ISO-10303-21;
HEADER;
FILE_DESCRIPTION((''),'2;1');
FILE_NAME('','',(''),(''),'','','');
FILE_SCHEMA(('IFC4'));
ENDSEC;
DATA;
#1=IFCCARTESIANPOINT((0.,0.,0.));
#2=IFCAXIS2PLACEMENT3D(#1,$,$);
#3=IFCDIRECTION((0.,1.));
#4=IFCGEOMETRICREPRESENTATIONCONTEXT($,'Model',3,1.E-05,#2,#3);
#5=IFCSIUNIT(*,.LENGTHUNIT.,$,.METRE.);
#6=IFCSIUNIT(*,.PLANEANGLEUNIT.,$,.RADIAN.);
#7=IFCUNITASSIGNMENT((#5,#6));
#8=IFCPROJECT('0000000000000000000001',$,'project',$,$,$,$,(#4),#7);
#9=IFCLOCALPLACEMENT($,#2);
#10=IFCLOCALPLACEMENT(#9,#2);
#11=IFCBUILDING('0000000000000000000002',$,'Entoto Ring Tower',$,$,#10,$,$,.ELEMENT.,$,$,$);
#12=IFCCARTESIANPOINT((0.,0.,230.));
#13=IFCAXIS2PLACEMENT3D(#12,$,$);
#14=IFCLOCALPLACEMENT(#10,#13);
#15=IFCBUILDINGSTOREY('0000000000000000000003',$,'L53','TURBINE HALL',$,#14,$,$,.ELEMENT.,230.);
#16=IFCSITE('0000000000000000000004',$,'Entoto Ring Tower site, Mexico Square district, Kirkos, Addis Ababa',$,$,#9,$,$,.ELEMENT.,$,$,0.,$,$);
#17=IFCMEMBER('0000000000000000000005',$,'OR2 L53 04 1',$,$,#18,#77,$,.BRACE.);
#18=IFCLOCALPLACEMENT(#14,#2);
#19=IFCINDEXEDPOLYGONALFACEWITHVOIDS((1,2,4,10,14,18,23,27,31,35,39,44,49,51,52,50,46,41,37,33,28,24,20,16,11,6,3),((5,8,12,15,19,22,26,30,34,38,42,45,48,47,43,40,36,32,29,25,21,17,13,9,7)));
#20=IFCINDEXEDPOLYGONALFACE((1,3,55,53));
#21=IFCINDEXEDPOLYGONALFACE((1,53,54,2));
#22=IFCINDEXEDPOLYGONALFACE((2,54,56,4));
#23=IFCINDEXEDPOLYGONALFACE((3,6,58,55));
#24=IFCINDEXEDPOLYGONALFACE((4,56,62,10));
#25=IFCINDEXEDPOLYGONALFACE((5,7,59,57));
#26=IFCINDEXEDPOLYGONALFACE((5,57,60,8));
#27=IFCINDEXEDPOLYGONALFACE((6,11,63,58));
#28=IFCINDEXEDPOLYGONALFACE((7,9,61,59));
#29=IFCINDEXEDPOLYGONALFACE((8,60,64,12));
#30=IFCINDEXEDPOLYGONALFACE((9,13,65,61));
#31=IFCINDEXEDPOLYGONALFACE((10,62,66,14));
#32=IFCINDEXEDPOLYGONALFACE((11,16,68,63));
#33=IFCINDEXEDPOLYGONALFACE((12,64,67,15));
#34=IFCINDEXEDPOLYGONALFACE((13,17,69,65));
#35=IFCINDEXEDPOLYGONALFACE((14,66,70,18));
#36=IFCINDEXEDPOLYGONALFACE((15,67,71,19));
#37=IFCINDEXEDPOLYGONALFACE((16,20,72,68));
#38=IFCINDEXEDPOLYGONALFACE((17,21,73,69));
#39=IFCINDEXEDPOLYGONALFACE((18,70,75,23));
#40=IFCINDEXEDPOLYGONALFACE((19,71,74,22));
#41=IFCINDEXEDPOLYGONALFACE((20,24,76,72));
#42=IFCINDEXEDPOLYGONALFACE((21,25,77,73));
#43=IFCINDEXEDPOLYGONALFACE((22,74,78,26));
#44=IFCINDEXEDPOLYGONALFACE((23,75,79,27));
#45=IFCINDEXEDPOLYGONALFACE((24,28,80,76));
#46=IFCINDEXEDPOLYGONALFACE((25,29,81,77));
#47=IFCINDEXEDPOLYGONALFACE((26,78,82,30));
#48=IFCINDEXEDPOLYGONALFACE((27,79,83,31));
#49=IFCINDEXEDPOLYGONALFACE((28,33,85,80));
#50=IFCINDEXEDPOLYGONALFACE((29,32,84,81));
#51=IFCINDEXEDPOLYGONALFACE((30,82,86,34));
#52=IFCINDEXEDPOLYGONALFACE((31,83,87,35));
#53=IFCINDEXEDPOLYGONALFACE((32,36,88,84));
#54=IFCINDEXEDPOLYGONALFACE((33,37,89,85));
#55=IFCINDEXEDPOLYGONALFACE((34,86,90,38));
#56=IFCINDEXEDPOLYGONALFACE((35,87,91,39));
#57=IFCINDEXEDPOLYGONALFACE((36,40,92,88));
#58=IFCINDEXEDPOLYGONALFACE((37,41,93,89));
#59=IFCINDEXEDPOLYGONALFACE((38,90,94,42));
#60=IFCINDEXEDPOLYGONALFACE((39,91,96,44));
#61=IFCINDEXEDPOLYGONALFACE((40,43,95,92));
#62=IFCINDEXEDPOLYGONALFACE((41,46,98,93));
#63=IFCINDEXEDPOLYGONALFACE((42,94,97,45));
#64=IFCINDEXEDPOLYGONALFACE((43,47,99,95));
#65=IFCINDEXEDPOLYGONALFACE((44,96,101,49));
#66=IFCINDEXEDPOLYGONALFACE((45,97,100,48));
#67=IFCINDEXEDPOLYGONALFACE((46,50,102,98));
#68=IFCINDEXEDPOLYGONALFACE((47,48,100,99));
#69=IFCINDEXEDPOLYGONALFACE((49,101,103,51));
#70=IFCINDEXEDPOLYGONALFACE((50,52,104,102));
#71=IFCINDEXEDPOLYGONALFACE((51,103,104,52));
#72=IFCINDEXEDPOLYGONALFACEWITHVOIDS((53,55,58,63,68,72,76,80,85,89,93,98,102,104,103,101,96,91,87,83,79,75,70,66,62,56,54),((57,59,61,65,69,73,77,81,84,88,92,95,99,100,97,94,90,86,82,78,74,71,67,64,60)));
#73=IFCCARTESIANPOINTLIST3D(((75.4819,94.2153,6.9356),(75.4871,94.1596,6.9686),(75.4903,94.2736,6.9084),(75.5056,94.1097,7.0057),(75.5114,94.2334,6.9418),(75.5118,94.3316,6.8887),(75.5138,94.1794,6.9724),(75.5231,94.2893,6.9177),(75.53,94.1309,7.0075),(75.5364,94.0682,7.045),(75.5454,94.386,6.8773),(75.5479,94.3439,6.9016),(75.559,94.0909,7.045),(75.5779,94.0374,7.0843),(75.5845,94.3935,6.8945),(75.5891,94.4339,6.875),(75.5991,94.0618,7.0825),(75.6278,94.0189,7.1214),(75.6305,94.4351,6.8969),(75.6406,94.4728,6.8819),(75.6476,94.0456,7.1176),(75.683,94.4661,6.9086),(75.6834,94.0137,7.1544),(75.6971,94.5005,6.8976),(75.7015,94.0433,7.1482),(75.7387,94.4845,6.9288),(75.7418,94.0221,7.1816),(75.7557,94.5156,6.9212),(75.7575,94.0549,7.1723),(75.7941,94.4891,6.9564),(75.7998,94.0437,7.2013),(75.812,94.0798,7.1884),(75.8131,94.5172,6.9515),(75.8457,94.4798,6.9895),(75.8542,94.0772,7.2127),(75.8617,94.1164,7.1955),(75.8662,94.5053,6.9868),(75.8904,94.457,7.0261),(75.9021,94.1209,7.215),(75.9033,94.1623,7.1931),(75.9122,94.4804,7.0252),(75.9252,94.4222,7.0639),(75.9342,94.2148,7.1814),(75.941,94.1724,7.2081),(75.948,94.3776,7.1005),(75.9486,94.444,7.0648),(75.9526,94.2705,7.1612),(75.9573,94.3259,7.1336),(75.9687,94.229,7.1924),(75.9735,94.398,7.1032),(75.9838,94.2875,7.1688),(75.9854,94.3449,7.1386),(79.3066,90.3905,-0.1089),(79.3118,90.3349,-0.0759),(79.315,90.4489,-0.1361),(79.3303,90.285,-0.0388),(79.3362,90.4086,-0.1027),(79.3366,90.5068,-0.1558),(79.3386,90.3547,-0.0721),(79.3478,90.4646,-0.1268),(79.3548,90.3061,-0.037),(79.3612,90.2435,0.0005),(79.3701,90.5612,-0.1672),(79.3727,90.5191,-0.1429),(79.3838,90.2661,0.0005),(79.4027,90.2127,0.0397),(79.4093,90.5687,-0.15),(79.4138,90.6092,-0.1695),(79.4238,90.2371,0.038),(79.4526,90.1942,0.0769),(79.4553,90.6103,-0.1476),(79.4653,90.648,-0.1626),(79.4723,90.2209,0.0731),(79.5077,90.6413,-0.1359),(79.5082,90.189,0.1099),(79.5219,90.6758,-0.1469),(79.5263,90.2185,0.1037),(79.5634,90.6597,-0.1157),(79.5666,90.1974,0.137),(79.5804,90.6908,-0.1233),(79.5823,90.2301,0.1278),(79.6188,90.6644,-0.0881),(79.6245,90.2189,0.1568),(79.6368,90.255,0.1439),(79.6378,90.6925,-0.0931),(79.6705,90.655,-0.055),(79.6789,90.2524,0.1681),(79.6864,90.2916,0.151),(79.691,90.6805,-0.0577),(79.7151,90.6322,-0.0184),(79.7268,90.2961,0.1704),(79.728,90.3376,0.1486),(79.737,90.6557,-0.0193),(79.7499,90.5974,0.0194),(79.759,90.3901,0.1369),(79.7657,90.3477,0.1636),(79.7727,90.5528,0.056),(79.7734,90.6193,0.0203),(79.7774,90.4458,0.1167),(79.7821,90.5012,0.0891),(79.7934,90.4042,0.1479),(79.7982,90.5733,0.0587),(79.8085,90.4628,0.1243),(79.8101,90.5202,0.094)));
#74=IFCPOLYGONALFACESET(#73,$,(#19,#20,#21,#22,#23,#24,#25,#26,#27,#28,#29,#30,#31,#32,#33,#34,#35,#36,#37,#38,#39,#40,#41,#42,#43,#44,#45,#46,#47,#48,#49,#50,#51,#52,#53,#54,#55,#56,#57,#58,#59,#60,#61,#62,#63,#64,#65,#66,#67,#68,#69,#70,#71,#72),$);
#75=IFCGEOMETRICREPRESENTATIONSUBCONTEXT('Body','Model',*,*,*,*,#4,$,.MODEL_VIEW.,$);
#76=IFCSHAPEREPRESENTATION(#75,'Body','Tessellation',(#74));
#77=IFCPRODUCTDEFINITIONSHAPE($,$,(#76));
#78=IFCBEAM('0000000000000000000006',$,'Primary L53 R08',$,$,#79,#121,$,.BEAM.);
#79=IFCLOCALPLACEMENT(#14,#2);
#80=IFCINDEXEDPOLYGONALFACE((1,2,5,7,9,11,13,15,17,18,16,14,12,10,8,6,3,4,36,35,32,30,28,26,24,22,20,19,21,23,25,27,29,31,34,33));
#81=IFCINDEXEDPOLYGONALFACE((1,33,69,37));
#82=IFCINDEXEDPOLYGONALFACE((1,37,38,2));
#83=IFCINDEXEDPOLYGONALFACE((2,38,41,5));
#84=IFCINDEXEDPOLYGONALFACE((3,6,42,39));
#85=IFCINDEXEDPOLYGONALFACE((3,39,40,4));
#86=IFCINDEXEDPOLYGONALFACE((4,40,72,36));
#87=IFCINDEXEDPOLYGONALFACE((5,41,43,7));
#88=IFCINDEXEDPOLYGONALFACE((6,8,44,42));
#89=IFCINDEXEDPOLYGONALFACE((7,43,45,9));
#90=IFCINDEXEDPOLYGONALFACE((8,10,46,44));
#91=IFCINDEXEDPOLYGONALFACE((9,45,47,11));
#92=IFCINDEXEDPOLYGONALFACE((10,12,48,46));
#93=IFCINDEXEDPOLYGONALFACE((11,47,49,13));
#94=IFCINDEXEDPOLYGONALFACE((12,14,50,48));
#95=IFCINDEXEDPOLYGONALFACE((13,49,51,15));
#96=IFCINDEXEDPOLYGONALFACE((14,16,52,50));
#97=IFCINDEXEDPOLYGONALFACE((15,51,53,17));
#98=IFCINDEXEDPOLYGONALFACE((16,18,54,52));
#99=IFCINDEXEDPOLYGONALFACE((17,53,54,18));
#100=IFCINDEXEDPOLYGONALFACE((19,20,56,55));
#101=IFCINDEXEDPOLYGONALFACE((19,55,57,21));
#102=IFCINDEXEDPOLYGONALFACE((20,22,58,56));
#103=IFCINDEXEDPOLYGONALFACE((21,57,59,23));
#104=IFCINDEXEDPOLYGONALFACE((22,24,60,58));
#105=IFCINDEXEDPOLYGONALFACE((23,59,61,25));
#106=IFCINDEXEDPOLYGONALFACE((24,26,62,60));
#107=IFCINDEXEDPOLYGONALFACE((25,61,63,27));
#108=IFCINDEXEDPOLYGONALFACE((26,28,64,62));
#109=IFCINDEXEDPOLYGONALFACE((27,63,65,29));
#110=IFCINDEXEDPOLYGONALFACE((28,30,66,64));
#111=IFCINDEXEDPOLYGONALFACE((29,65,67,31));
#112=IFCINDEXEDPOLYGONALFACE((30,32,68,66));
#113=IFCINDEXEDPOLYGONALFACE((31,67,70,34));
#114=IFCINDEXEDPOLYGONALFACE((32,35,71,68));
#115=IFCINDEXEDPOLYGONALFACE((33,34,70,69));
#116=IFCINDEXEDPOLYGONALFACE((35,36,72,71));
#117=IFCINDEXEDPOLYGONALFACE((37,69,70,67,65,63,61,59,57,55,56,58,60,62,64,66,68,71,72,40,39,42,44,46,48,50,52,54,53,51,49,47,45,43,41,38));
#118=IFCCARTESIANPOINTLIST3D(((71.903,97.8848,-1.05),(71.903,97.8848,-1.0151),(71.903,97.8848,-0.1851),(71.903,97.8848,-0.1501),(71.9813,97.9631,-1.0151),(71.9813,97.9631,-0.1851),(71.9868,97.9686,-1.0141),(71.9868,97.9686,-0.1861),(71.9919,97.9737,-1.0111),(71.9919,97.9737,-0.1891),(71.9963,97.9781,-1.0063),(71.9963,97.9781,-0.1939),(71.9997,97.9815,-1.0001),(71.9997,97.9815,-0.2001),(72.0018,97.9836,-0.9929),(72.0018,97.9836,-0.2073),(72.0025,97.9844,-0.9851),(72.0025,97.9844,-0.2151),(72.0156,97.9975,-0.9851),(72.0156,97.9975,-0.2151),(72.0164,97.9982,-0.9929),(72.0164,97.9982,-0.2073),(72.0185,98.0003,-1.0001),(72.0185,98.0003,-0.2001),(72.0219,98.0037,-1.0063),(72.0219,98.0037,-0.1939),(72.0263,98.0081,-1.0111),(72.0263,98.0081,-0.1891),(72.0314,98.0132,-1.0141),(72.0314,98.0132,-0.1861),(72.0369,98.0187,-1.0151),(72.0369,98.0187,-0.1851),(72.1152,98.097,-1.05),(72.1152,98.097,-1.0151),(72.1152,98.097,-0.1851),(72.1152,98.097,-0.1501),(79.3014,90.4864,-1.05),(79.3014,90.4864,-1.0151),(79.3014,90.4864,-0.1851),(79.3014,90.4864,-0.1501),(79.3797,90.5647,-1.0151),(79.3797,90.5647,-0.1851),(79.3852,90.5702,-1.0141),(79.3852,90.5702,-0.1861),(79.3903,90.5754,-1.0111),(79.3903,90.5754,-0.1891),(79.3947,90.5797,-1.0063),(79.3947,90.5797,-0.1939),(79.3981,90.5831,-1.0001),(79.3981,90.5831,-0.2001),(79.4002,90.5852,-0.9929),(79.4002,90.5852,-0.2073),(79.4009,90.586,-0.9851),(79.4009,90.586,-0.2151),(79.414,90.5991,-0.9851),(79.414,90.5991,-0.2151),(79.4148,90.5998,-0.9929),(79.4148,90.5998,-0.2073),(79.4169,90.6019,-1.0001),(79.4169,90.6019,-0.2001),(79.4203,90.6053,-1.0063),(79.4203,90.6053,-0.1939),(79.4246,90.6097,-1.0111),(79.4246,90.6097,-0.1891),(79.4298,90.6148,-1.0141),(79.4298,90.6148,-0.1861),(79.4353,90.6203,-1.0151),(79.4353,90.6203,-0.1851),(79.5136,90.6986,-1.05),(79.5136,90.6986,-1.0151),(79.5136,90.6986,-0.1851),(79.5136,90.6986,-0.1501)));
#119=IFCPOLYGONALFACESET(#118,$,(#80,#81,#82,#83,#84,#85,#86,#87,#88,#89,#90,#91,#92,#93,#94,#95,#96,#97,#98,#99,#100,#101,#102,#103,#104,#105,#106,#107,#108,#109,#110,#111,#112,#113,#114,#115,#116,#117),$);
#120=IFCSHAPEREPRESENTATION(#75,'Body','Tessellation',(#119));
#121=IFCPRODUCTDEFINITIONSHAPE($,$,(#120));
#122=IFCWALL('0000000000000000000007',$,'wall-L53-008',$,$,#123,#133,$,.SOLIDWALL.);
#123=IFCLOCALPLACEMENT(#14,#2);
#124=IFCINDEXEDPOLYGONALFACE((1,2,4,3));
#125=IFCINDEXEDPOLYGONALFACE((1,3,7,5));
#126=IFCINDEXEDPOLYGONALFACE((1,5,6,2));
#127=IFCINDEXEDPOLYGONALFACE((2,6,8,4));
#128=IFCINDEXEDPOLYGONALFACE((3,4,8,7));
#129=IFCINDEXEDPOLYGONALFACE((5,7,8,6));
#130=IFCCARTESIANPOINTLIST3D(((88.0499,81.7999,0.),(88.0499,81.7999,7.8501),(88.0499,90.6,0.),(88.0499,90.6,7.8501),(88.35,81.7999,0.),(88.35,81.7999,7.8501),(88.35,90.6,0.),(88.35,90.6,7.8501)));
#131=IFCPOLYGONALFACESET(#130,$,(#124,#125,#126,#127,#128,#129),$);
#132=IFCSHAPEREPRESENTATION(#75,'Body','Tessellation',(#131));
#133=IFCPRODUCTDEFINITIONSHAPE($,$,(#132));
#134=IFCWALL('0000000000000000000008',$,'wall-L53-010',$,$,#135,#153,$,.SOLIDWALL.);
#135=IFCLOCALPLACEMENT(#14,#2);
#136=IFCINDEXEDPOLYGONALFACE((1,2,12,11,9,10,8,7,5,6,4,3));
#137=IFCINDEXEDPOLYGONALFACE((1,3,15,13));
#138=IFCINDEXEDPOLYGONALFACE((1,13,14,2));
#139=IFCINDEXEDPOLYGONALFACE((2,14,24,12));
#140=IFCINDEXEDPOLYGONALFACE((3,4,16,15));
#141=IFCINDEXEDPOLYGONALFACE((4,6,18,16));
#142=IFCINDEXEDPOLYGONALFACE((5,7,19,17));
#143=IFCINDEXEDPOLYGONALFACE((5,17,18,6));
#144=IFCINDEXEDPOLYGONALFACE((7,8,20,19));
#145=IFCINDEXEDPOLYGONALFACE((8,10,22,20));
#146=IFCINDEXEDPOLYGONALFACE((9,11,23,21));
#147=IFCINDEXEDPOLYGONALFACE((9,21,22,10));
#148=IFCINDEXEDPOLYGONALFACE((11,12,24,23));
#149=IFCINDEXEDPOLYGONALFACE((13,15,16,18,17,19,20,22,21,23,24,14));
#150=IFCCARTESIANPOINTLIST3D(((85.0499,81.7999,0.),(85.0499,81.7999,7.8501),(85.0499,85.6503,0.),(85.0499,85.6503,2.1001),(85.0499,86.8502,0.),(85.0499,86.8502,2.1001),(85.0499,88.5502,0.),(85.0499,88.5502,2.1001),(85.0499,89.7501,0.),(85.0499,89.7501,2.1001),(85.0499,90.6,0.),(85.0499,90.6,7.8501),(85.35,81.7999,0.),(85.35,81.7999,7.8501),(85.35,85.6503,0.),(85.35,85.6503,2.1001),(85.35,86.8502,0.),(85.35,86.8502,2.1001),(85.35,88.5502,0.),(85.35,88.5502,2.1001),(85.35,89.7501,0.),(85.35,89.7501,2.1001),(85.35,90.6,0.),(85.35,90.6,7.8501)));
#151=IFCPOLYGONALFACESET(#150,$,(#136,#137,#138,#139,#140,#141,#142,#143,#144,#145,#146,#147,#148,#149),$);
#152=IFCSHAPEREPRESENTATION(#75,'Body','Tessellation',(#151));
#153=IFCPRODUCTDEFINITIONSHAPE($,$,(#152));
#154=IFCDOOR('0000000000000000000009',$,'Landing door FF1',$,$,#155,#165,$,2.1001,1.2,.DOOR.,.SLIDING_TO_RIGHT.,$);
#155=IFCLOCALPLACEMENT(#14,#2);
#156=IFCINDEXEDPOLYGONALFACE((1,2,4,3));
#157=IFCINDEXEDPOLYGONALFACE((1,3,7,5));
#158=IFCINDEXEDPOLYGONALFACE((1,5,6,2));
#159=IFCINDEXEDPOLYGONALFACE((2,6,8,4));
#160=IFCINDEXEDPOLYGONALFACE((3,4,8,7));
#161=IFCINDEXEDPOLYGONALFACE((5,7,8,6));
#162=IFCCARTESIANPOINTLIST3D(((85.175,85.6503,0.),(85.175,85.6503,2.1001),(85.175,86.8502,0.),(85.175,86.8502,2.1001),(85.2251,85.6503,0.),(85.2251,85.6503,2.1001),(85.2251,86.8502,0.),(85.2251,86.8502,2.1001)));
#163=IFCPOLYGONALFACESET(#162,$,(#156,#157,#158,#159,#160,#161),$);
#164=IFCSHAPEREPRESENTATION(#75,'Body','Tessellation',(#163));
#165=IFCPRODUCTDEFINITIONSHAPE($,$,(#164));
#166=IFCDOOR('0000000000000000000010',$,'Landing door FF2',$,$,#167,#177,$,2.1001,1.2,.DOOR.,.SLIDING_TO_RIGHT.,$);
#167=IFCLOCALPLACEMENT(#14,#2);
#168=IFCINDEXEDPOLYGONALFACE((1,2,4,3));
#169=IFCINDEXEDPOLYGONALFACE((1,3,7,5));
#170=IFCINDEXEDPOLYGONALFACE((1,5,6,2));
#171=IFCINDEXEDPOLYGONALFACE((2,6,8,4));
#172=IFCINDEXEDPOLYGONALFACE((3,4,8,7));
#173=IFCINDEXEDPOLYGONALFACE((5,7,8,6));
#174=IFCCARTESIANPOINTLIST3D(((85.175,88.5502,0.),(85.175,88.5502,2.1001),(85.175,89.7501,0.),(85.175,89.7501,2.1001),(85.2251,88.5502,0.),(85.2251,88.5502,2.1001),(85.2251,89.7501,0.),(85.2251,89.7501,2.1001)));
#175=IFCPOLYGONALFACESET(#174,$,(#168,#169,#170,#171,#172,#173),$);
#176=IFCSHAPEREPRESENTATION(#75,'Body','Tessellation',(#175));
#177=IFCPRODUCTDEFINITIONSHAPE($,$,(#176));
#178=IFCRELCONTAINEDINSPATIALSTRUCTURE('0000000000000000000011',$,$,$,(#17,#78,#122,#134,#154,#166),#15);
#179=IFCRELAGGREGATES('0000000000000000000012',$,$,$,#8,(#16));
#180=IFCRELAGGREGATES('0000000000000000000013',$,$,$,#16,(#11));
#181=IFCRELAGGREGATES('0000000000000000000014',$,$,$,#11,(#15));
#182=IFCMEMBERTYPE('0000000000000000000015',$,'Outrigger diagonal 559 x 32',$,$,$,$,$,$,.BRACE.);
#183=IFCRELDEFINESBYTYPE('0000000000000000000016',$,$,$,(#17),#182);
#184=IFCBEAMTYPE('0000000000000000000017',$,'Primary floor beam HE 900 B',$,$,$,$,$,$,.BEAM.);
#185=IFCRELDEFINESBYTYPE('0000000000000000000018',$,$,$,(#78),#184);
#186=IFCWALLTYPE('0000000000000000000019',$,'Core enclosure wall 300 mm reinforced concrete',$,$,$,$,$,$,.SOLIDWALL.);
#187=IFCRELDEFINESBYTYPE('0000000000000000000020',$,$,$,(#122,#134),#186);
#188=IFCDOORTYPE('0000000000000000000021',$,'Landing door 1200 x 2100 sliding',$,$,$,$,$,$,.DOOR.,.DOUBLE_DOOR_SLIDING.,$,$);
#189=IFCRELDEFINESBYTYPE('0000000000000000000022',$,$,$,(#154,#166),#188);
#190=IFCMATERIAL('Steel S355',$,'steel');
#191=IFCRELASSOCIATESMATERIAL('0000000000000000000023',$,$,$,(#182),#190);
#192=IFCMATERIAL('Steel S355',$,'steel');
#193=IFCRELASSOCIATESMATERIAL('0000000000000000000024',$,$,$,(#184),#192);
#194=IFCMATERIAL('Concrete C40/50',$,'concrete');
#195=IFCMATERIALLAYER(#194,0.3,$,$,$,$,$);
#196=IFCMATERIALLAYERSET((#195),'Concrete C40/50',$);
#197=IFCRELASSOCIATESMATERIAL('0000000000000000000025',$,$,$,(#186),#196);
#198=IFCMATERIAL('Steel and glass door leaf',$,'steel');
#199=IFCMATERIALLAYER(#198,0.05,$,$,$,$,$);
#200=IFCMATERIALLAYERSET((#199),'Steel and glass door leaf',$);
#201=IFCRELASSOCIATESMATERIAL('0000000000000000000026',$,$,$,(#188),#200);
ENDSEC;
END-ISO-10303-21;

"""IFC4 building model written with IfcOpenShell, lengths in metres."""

from ifc_helpers import new_model, si_unit, direction, frame, frame_2d, origin, origin_2d, place, context, subcontext, project, spatial, rectangle, circle, hollow_circle, i_section, extrude, material, layer, layer_set, material_profile, profile_set, type_object, element, fill, save


model = new_model("IFC4")

# Units and contexts
model_context = context("Model", 3, precision=1e-05, world=origin(), true_north=direction((0.0, 1.0)))
body_context = subcontext(model_context, "Body", "Model", "MODEL_VIEW")
ifc_project = project(units=[si_unit("LENGTHUNIT", "METRE"), si_unit("PLANEANGLEUNIT", "RADIAN")], contexts=[model_context])

# Site, building, storey
site_placement = place(None, origin())
site = spatial("IfcSite", under=ifc_project, at=site_placement, Name="Entoto Ring Tower site, Mexico Square district, Kirkos, Addis Ababa", CompositionType="ELEMENT", RefElevation=0.0)
building_placement = place(site_placement, origin())
building = spatial("IfcBuilding", under=site, at=building_placement, Name="Entoto Ring Tower", CompositionType="ELEMENT")
storey_placement = place(building_placement, frame((0.0, 0.0, 230.0)))
storey = spatial("IfcBuildingStorey", under=building, at=storey_placement, Name="L53", Description="TURBINE HALL", CompositionType="ELEMENT", Elevation=230.0)

# Member
ifc_material_1 = material(Name="Steel S355", Category="steel")
ifc_material_profile_1 = material_profile(ifc_material_1, hollow_circle(Radius=0.2795, WallThickness=0.032, at=origin_2d()), Name="CHS 559 x 32")
ifc_material_2 = material(Name="Concrete C60/75", Category="concrete")
ifc_material_profile_2 = material_profile(ifc_material_2, circle(Radius=0.2476, at=origin_2d()), Name="Concrete C60/75 infill")
ifc_profile_set_1 = profile_set([ifc_material_profile_1, ifc_material_profile_2], Name="Steel S355")
member_type_1 = type_object("IfcMemberType", Name="Outrigger diagonal 559 x 32", PredefinedType="BRACE", material=ifc_profile_set_1)
member_placement = place(storey_placement, frame((79.5588, 90.4412, 0.0005), z_axis=(-0.430638, 0.430638, 0.793159), x_axis=(-0.707107, -0.707107, 0.0)))
element("IfcMember", 1, at=member_placement, inside=storey, type_object=member_type_1, Name="OR2 L53 04 1", PredefinedType="BRACE", context=body_context, shape_type="SweptSolid", body=[
    extrude(hollow_circle(Radius=0.2795, WallThickness=0.032, at=origin_2d()), origin(), (0.0, 0.0, 1.0), 8.8816),
])

# Beam
ifc_material_3 = material(Name="Steel S355", Category="steel")
ifc_material_profile_3 = material_profile(ifc_material_3, i_section(OverallWidth=0.3, OverallDepth=0.8999, WebThickness=0.0186, FlangeThickness=0.0349, FilletRadius=0.03, at=origin_2d()), Name="HE 900 B")
ifc_profile_set_2 = profile_set([ifc_material_profile_3], Name="Steel S355")
beam_type = type_object("IfcBeamType", Name="Primary floor beam HE 900 B", PredefinedType="BEAM", material=ifc_profile_set_2)
beam_placement = place(storey_placement, frame((79.4075, 90.5925, -0.6001), z_axis=(-0.707107, 0.707107, 0.0), x_axis=(-0.707107, -0.707107, 0.0)))
element("IfcBeam", 2, at=beam_placement, inside=storey, type_object=beam_type, Name="Primary L53 R08", PredefinedType="BEAM", context=body_context, shape_type="SweptSolid", body=[
    extrude(i_section(OverallWidth=0.3, OverallDepth=0.8999, WebThickness=0.0186, FlangeThickness=0.0349, FilletRadius=0.03, at=origin_2d()), origin(), (0.0, 0.0, 1.0), 10.4629),
])

# Wall
ifc_material_4 = material(Name="Concrete C40/50", Category="concrete")
ifc_layer_1 = layer(ifc_material_4, 0.3)
ifc_layer_set_1 = layer_set([ifc_layer_1], Name="Concrete C40/50")
wall_type_1 = type_object("IfcWallType", Name="Core enclosure wall 300 mm reinforced concrete", PredefinedType="SOLIDWALL", material=ifc_layer_set_1)
wall_1_placement = place(storey_placement, frame((88.2, 81.8, 0.0), z_axis=(0.0, 0.0, 1.0), x_axis=(0.0, 1.0, 0.0)))
element("IfcWall", 3, at=wall_1_placement, inside=storey, type_object=wall_type_1, Name="wall-L53-008", PredefinedType="SOLIDWALL", context=body_context, shape_type="SweptSolid", body=[
    extrude(rectangle(XDim=8.8, YDim=0.3, at=frame_2d((4.3999, 0.0))), origin(), (0.0, 0.0, 1.0), 7.8501),
])

# Wall, openings, doors
wall_2_placement = place(storey_placement, frame((85.2, 81.8, 0.0), z_axis=(0.0, 0.0, 1.0), x_axis=(0.0, 1.0, 0.0)))
wall_2 = element("IfcWall", 4, at=wall_2_placement, inside=storey, type_object=wall_type_1, Name="wall-L53-010", PredefinedType="SOLIDWALL", context=body_context, shape_type="SweptSolid", body=[
    extrude(rectangle(XDim=8.8, YDim=0.3, at=frame_2d((4.3999, 0.0))), origin(), (0.0, 0.0, 1.0), 7.8501),
])
opening_1_placement = place(wall_2_placement, frame((3.8501, 0.0, 0.0)))
opening_1 = element("IfcOpeningElement", 5, at=opening_1_placement, cuts=wall_2, PredefinedType="OPENING", context=body_context, shape_type="SweptSolid", body=[
    extrude(rectangle(XDim=1.2, YDim=2.1001, at=frame_2d((0.6001, 1.05))), frame((0.0, 0.1602, 0.0), z_axis=(0.0, -1.0, 0.0), x_axis=(1.0, 0.0, 0.0)), (0.0, 0.0, 1.0), 0.3201),
])
opening_2_placement = place(wall_2_placement, frame((6.75, 0.0, 0.0)))
opening_2 = element("IfcOpeningElement", 6, at=opening_2_placement, cuts=wall_2, PredefinedType="OPENING", context=body_context, shape_type="SweptSolid", body=[
    extrude(rectangle(XDim=1.2, YDim=2.1001, at=frame_2d((0.6001, 1.05))), frame((0.0, 0.1602, 0.0), z_axis=(0.0, -1.0, 0.0), x_axis=(1.0, 0.0, 0.0)), (0.0, 0.0, 1.0), 0.3201),
])
ifc_material_5 = material(Name="Steel and glass door leaf", Category="steel")
ifc_layer_2 = layer(ifc_material_5, 0.05)
ifc_layer_set_2 = layer_set([ifc_layer_2], Name="Steel and glass door leaf")
door_type_1 = type_object("IfcDoorType", Name="Landing door 1200 x 2100 sliding", OperationType="DOUBLE_DOOR_SLIDING", PredefinedType="DOOR", material=ifc_layer_set_2)
door_1_placement = place(opening_1_placement, origin())
door_1 = element("IfcDoor", 7, at=door_1_placement, inside=storey, type_object=door_type_1, Name="Landing door FF1", OperationType="SLIDING_TO_RIGHT", OverallHeight=2.1001, OverallWidth=1.2, PredefinedType="DOOR", context=body_context, shape_type="SweptSolid", body=[
    extrude(rectangle(XDim=1.2, YDim=2.1001, at=frame_2d((0.6001, 1.05))), frame((0.0, 0.0249, 0.0), z_axis=(0.0, -1.0, 0.0), x_axis=(1.0, 0.0, 0.0)), (0.0, 0.0, 1.0), 0.05),
])
fill(opening_1, door_1)
door_2_placement = place(opening_2_placement, origin())
door_2 = element("IfcDoor", 8, at=door_2_placement, inside=storey, type_object=door_type_1, Name="Landing door FF2", OperationType="SLIDING_TO_RIGHT", OverallHeight=2.1001, OverallWidth=1.2, PredefinedType="DOOR", context=body_context, shape_type="SweptSolid", body=[
    extrude(rectangle(XDim=1.2, YDim=2.1001, at=frame_2d((0.6001, 1.05))), frame((0.0, 0.0249, 0.0), z_axis=(0.0, -1.0, 0.0), x_axis=(1.0, 0.0, 0.0)), (0.0, 0.0, 1.0), 0.05),
])
fill(opening_2, door_2)

save(model, "model.ifc")
